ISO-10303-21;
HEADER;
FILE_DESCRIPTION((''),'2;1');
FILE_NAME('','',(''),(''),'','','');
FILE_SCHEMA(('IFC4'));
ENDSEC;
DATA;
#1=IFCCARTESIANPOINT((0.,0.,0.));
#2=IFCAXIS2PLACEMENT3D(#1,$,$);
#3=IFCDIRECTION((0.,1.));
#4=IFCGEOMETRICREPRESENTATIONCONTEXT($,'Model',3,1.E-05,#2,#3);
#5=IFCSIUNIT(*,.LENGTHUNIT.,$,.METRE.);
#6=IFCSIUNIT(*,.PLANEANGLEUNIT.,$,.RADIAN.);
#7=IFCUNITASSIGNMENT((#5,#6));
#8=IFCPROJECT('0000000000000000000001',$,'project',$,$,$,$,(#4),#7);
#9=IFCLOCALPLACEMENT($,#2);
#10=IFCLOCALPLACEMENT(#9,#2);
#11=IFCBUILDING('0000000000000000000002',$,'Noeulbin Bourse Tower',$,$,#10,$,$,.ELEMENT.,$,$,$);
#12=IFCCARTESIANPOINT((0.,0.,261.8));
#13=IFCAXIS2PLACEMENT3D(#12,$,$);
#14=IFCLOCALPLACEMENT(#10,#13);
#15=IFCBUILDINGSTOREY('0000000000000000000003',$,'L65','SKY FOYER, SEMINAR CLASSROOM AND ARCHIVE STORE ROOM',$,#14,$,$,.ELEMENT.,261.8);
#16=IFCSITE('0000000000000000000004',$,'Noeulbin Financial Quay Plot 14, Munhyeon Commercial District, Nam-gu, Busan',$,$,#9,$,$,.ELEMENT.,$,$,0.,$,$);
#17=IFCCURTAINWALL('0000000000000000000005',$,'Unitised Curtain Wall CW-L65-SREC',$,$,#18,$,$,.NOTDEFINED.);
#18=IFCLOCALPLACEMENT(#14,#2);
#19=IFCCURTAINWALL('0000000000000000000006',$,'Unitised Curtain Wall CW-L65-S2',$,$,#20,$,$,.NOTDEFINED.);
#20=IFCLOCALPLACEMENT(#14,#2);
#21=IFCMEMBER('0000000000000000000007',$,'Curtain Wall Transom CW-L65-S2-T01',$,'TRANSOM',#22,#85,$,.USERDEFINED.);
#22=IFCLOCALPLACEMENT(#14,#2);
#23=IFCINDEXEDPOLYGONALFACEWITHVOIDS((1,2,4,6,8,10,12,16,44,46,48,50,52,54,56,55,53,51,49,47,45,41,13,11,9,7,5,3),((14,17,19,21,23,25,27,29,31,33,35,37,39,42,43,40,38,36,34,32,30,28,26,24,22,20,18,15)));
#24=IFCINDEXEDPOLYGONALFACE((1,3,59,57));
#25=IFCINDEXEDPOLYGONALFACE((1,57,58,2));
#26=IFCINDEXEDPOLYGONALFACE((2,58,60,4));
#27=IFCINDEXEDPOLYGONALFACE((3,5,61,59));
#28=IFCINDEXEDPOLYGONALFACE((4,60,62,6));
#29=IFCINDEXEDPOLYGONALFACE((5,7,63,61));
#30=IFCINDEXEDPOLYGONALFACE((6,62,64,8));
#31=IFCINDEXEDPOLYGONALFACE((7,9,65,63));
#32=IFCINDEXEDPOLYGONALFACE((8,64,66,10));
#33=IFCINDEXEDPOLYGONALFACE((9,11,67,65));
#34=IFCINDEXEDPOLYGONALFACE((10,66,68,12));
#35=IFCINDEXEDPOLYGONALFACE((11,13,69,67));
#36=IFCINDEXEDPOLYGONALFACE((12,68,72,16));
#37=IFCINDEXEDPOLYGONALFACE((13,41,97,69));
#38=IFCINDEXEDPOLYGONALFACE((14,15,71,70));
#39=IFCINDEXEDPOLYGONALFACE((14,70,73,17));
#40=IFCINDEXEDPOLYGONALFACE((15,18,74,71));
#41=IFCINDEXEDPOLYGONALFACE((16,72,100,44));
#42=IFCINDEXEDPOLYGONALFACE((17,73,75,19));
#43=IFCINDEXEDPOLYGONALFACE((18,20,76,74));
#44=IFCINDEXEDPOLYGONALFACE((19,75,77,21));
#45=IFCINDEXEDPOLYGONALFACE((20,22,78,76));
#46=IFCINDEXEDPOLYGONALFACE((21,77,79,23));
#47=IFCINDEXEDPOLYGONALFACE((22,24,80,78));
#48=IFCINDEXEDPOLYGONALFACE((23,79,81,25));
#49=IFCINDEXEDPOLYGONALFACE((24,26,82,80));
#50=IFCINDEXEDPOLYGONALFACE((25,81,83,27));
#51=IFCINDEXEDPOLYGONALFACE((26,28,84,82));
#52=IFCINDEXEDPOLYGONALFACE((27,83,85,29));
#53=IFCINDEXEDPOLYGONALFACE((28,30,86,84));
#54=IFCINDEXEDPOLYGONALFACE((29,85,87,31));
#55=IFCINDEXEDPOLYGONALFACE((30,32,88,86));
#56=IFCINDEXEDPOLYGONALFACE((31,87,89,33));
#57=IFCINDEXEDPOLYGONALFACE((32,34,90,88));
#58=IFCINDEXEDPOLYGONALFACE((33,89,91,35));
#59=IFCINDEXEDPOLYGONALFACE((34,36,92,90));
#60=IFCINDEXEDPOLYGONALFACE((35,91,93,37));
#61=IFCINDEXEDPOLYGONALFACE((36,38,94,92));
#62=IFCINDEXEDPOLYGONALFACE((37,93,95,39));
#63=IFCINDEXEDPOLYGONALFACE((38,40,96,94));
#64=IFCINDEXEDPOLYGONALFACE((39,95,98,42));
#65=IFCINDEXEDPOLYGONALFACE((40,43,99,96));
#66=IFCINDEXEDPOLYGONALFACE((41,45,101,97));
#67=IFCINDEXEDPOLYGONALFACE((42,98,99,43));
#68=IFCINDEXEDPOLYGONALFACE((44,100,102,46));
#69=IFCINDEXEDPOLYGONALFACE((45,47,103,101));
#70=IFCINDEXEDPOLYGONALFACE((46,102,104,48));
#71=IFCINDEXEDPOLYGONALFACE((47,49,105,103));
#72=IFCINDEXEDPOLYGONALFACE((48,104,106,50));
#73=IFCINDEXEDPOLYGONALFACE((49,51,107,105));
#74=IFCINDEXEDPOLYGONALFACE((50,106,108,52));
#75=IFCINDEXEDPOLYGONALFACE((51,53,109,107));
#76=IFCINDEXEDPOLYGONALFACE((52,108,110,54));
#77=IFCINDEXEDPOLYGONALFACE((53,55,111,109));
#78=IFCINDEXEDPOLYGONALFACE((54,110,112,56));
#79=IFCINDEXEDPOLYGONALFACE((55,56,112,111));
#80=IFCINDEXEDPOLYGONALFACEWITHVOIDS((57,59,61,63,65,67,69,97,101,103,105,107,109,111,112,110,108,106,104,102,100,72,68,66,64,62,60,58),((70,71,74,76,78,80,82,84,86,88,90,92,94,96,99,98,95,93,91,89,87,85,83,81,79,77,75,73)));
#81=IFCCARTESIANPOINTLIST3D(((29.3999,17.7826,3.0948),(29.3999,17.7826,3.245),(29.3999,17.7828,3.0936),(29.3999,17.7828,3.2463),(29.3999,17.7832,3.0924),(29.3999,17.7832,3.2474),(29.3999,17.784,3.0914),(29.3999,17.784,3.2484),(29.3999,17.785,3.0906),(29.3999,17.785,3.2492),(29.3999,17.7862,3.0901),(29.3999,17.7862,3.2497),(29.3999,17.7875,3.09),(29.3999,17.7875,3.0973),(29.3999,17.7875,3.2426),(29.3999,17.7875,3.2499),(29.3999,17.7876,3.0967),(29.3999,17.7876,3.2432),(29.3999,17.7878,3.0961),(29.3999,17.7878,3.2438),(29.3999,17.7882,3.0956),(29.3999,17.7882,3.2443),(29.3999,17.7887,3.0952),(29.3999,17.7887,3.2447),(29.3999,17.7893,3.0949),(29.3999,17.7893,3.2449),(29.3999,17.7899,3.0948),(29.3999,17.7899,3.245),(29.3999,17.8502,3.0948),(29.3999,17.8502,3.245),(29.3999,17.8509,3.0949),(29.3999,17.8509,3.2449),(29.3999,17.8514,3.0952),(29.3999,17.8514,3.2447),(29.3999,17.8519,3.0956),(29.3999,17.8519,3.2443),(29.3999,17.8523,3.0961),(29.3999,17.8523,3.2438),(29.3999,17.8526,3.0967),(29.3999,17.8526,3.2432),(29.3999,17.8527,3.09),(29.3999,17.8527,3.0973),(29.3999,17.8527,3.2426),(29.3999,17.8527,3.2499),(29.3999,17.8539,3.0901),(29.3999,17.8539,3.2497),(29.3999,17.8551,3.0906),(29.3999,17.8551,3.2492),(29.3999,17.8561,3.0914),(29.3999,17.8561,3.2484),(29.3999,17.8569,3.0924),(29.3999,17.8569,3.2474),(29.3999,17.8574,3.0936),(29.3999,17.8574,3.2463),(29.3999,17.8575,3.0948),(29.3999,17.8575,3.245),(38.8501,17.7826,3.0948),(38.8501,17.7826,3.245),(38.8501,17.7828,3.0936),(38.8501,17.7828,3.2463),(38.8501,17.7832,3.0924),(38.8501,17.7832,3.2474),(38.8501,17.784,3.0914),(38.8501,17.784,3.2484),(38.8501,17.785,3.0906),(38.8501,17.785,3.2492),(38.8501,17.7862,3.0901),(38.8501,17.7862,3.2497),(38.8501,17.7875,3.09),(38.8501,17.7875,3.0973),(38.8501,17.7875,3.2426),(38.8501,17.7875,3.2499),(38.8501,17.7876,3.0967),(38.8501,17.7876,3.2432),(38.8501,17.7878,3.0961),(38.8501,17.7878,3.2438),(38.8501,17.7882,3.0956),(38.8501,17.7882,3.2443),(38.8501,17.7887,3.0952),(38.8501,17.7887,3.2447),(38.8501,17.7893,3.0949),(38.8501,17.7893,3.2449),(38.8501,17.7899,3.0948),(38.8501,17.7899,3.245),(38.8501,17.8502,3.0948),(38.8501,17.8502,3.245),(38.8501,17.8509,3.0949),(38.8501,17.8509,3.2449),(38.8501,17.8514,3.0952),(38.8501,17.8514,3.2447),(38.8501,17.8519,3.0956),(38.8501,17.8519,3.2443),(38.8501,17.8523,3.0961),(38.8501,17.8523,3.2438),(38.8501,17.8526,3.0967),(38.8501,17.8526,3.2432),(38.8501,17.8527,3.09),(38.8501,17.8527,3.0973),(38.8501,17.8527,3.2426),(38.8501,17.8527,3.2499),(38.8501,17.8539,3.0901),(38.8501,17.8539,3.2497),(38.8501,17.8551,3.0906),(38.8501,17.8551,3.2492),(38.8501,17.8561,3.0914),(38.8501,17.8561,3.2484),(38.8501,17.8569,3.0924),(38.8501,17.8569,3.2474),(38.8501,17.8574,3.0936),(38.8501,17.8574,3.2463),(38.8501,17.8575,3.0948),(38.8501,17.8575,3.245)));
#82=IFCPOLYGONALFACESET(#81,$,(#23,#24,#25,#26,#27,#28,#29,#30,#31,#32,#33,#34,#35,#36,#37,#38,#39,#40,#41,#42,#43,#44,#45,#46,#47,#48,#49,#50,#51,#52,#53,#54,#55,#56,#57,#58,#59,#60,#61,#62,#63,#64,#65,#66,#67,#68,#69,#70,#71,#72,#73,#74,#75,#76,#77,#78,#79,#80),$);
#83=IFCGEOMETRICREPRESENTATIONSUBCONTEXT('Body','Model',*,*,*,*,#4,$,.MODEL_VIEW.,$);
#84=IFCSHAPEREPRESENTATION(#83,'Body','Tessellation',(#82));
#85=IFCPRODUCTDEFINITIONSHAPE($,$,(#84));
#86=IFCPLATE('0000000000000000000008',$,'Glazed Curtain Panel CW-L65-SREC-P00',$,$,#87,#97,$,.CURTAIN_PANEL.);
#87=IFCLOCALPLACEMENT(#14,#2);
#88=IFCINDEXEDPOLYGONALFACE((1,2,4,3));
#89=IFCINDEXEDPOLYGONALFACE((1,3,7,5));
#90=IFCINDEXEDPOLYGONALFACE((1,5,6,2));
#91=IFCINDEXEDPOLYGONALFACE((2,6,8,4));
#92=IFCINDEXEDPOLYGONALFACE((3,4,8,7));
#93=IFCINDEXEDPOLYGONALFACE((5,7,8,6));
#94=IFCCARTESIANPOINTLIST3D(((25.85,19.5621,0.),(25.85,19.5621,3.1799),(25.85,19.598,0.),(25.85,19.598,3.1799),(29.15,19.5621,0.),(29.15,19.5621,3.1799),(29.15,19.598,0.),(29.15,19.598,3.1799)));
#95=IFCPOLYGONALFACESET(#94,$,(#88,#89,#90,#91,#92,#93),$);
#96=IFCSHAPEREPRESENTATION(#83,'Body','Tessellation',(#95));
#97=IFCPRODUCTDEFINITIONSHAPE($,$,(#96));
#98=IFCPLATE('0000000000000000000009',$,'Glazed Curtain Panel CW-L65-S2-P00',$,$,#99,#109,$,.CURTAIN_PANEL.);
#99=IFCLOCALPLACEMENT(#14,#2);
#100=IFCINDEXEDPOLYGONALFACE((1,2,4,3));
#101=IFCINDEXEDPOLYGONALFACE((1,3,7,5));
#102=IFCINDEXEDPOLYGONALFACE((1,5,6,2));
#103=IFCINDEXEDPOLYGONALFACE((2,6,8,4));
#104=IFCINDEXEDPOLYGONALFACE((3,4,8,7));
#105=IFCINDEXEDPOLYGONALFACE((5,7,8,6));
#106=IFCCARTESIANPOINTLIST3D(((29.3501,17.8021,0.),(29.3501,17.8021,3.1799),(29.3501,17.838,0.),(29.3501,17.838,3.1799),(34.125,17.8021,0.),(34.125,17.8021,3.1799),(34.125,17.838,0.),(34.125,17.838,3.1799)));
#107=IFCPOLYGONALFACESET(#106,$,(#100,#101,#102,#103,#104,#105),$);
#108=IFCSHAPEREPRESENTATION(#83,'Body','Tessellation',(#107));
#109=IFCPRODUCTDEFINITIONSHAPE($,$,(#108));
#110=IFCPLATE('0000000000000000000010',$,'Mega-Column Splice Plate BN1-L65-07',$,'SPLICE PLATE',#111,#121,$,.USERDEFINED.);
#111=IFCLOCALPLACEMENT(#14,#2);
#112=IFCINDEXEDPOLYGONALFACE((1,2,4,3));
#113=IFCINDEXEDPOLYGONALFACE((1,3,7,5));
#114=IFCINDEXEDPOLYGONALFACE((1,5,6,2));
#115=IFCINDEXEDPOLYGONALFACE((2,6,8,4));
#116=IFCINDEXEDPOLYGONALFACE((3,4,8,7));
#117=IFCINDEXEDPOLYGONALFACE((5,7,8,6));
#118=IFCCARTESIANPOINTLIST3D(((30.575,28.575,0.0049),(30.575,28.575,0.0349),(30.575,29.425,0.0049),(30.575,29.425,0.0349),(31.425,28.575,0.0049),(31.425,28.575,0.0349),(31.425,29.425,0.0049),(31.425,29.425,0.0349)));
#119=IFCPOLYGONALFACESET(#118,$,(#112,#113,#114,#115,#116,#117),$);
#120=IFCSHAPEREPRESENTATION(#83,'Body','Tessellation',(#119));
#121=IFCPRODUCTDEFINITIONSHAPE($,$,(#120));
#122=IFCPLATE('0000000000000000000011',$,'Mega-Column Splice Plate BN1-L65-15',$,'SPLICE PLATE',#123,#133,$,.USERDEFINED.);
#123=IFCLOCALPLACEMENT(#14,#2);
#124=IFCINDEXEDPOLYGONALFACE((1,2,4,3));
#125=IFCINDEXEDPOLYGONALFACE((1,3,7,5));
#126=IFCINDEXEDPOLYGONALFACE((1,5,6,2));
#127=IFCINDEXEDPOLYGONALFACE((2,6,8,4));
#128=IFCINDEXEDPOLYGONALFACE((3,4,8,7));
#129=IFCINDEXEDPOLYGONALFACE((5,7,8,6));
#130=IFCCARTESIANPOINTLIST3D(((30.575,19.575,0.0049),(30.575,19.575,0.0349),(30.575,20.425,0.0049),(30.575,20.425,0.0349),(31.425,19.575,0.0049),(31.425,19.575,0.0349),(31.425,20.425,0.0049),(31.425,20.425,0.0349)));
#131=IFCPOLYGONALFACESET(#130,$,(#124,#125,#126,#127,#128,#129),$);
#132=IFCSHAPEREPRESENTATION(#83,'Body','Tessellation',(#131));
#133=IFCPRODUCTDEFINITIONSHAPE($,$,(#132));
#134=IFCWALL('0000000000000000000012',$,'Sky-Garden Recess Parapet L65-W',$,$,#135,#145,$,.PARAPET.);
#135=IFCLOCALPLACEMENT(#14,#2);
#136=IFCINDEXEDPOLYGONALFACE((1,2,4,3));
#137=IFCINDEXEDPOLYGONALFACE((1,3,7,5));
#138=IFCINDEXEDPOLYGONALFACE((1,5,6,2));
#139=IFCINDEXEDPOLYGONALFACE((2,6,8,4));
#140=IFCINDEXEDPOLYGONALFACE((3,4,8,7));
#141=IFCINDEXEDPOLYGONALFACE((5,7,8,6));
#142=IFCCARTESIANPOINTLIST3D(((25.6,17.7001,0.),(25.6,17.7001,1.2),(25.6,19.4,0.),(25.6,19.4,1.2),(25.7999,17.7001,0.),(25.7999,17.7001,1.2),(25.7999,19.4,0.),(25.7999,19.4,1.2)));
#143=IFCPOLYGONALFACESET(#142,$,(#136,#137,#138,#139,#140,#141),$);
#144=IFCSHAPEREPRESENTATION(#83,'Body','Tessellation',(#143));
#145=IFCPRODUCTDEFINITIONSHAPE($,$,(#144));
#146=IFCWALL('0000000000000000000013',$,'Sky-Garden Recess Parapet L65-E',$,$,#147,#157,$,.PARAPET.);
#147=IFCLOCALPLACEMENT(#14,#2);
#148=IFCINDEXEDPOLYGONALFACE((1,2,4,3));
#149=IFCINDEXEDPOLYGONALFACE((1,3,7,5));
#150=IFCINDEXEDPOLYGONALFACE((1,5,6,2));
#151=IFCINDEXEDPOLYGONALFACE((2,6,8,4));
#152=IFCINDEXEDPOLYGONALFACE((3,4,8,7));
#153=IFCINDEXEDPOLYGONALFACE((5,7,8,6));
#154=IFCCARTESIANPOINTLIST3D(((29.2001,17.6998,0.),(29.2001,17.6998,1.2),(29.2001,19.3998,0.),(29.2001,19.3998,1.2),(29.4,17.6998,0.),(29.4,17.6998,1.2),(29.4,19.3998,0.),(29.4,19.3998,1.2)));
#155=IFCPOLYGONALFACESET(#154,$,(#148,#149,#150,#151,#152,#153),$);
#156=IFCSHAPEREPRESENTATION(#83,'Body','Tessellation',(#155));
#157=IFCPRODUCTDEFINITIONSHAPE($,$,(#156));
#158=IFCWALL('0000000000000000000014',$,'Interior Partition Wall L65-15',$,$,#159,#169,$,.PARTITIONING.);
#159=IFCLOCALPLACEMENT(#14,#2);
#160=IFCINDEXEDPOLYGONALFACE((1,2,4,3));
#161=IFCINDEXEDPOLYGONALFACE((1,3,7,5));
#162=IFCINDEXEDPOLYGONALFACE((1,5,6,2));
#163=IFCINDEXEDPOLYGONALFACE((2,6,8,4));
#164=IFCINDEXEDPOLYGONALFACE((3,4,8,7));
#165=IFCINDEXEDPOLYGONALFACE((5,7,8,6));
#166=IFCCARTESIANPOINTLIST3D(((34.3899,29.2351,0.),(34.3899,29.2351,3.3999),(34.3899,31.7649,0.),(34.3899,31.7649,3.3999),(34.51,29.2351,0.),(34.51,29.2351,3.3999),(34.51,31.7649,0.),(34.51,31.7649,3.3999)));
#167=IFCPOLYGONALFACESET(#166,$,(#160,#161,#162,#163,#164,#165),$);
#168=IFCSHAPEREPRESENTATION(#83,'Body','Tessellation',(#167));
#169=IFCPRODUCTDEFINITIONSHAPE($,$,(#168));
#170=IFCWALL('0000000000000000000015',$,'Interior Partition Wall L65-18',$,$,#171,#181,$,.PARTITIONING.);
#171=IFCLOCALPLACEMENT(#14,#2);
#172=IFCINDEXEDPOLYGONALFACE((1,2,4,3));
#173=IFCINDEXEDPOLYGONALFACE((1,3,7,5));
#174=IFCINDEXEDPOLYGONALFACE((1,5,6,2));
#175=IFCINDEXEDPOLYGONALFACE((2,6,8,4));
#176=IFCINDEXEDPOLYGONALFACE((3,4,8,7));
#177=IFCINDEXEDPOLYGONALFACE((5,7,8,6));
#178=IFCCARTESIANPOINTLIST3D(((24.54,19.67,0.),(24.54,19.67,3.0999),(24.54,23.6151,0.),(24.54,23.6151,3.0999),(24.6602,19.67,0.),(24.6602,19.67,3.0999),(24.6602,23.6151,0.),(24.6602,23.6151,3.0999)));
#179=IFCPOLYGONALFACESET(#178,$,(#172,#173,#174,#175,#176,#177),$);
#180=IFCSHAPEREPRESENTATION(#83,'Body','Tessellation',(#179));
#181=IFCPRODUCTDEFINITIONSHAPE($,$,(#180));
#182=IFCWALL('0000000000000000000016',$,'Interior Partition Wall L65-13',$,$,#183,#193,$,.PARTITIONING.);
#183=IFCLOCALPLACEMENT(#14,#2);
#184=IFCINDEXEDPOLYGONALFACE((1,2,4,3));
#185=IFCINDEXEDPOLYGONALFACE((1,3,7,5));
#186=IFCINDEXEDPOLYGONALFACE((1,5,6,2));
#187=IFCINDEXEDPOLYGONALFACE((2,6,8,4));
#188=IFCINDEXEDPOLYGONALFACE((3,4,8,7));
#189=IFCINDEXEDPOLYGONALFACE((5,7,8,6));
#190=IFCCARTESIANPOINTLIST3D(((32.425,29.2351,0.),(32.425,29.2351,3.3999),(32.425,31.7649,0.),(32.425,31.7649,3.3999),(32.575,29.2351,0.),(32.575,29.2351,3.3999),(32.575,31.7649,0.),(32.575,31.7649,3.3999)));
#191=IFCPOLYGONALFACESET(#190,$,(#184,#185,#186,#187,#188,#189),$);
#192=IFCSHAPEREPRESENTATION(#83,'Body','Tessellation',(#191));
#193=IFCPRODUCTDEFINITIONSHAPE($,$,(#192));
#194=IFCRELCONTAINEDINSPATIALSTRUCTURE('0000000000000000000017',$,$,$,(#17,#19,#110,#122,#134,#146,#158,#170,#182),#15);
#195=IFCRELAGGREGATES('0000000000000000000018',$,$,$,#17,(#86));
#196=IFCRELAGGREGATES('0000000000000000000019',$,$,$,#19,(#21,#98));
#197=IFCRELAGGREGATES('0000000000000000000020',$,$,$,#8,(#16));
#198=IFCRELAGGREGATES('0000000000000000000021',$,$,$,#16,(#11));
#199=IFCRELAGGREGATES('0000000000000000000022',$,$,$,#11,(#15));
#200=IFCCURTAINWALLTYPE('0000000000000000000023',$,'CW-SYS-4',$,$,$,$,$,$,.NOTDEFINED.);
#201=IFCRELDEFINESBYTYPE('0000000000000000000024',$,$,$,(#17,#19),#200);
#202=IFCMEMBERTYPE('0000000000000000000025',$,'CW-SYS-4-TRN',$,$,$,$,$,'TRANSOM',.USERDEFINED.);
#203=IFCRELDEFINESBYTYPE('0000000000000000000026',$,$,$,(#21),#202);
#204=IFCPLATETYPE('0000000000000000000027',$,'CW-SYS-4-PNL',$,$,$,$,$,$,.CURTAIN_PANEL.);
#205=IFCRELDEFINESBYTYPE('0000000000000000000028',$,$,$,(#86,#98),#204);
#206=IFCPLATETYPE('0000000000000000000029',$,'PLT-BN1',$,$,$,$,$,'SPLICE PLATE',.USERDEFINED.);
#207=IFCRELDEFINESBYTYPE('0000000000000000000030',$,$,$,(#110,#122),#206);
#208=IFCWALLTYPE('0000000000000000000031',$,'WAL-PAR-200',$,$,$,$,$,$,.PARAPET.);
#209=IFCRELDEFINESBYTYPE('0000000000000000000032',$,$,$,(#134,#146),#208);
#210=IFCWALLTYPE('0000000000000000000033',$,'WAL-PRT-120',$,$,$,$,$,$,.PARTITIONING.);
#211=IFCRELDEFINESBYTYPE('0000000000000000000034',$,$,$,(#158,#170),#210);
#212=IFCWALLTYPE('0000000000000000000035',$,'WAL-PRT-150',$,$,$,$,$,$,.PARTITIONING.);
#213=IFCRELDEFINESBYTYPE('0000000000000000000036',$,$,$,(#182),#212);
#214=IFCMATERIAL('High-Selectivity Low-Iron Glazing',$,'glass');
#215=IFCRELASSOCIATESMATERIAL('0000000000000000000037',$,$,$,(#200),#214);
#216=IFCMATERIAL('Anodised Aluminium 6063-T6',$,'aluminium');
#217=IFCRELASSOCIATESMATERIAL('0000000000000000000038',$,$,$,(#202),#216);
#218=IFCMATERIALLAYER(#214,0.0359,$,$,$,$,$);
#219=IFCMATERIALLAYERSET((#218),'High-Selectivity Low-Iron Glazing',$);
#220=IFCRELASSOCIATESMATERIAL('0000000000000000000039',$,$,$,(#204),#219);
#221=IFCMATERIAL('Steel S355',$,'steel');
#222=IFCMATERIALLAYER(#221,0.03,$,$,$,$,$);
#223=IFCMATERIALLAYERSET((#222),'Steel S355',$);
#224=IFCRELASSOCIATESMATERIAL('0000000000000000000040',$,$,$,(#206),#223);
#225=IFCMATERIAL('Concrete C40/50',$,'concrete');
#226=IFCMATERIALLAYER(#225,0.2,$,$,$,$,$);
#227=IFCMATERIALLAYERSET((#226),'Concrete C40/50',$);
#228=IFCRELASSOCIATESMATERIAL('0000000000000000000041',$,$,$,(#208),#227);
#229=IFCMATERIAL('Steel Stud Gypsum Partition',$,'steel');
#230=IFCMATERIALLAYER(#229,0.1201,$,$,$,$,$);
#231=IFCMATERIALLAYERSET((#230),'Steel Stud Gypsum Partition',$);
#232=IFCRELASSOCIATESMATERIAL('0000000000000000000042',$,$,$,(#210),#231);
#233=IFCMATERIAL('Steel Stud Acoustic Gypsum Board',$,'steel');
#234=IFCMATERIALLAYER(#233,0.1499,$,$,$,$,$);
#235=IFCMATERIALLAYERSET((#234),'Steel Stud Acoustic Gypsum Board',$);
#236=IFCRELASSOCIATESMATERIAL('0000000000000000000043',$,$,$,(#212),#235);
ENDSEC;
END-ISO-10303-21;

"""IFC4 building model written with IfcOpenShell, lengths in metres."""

from ifc_helpers import new_model, si_unit, direction, frame, frame_2d, origin, origin_2d, place, context, subcontext, project, spatial, rectangle, hollow_rectangle, extrude, material, layer, layer_set, material_profile, profile_set, type_object, element, aggregate, save


model = new_model("IFC4")

# Units and contexts
model_context = context("Model", 3, precision=1e-05, world=origin(), true_north=direction((0.0, 1.0)))
body_context = subcontext(model_context, "Body", "Model", "MODEL_VIEW")
ifc_project = project(units=[si_unit("LENGTHUNIT", "METRE"), si_unit("PLANEANGLEUNIT", "RADIAN")], contexts=[model_context])

# Site, building, storey
site_placement = place(None, origin())
site = spatial("IfcSite", under=ifc_project, at=site_placement, Name="Noeulbin Financial Quay Plot 14, Munhyeon Commercial District, Nam-gu, Busan", CompositionType="ELEMENT", RefElevation=0.0)
building_placement = place(site_placement, origin())
building = spatial("IfcBuilding", under=site, at=building_placement, Name="Noeulbin Bourse Tower", CompositionType="ELEMENT")
storey_placement = place(building_placement, frame((0.0, 0.0, 261.8)))
storey = spatial("IfcBuildingStorey", under=building, at=storey_placement, Name="L65", Description="SKY FOYER, SEMINAR CLASSROOM AND ARCHIVE STORE ROOM", CompositionType="ELEMENT", Elevation=261.8)

# Shared definitions
ifc_material_1 = material(Name="Steel S355", Category="steel")

# Curtain wall
ifc_material_2 = material(Name="High-Selectivity Low-Iron Glazing", Category="glass")
curtain_wall_type = type_object("IfcCurtainWallType", Name="CW-SYS-4", PredefinedType="NOTDEFINED", material=ifc_material_2)
curtain_wall_1_placement = place(storey_placement, origin())
curtain_wall_1 = element("IfcCurtainWall", 1, at=curtain_wall_1_placement, inside=storey, type_object=curtain_wall_type, Name="Unitised Curtain Wall CW-L65-SREC", PredefinedType="NOTDEFINED")
ifc_material_3 = material(Name="Anodised Aluminium 6063-T6", Category="aluminium")

# Curtain wall
curtain_wall_2_placement = place(storey_placement, origin())
curtain_wall_2 = element("IfcCurtainWall", 2, at=curtain_wall_2_placement, inside=storey, type_object=curtain_wall_type, Name="Unitised Curtain Wall CW-L65-S2", PredefinedType="NOTDEFINED")

# Member
ifc_material_profile_1 = material_profile(ifc_material_3, hollow_rectangle(XDim=0.075, YDim=0.1599, WallThickness=0.0049, InnerFilletRadius=0.0024, OuterFilletRadius=0.0049, at=origin_2d()), Name="ALU-TRAN-75x160x5", Category="LoadBearing")
ifc_profile_set_1 = profile_set([ifc_material_profile_1], Name="Anodised Aluminium 6063-T6")
member_type_1 = type_object("IfcMemberType", Name="CW-SYS-4-TRN", ElementType="TRANSOM", PredefinedType="USERDEFINED", material=ifc_profile_set_1)
member_1_placement = place(storey_placement, frame((29.3999, 17.8201, 3.1699), z_axis=(1.0, 0.0, 0.0), x_axis=(0.0, 1.0, 0.0)))
member_1 = element("IfcMember", 3, at=member_1_placement, type_object=member_type_1, Name="Curtain Wall Transom CW-L65-S2-T01", ObjectType="TRANSOM", PredefinedType="USERDEFINED", context=body_context, shape_type="SweptSolid", body=[
    extrude(hollow_rectangle(XDim=0.075, YDim=0.1599, WallThickness=0.0049, InnerFilletRadius=0.0024, OuterFilletRadius=0.0049, at=origin_2d()), origin(), (0.0, 0.0, 1.0), 9.4502),
])

# Plates
ifc_layer_1 = layer(ifc_material_2, 0.0359)
ifc_layer_set_1 = layer_set([ifc_layer_1], Name="High-Selectivity Low-Iron Glazing")
plate_type_1 = type_object("IfcPlateType", Name="CW-SYS-4-PNL", PredefinedType="CURTAIN_PANEL", material=ifc_layer_set_1)
plate_1_placement = place(storey_placement, frame((27.5, 19.5801, 0.0), z_axis=(0.0, 0.0, 1.0), x_axis=(1.0, 0.0, 0.0)))
plate_1 = element("IfcPlate", 4, at=plate_1_placement, type_object=plate_type_1, Name="Glazed Curtain Panel CW-L65-SREC-P00", PredefinedType="CURTAIN_PANEL", context=body_context, shape_type="SweptSolid", body=[
    extrude(rectangle(XDim=3.3, YDim=0.0359, at=origin_2d()), origin(), (0.0, 0.0, 1.0), 3.1799),
])
aggregate(curtain_wall_1, [plate_1])
plate_2_placement = place(storey_placement, frame((31.7375, 17.8201, 0.0), z_axis=(0.0, 0.0, 1.0), x_axis=(1.0, 0.0, 0.0)))
plate_2 = element("IfcPlate", 5, at=plate_2_placement, type_object=plate_type_1, Name="Glazed Curtain Panel CW-L65-S2-P00", PredefinedType="CURTAIN_PANEL", context=body_context, shape_type="SweptSolid", body=[
    extrude(rectangle(XDim=4.7749, YDim=0.0359, at=origin_2d()), origin(), (0.0, 0.0, 1.0), 3.1799),
])
aggregate(curtain_wall_2, [member_1, plate_2])

# Plates
ifc_layer_2 = layer(ifc_material_1, 0.03)
ifc_layer_set_2 = layer_set([ifc_layer_2], Name="Steel S355")
plate_type_2 = type_object("IfcPlateType", Name="PLT-BN1", ElementType="SPLICE PLATE", PredefinedType="USERDEFINED", material=ifc_layer_set_2)
for number, where, z_axis, x_axis, name in (
    (6, (31.0, 29.0, 0.0049), (0.0, 0.0, 1.0), (1.0, 0.0, 0.0), "Mega-Column Splice Plate BN1-L65-07"),
    (7, (31.0, 20.0, 0.0049), (0.0, 0.0, 1.0), (1.0, 0.0, 0.0), "Mega-Column Splice Plate BN1-L65-15"),
):
    element("IfcPlate", number, at=place(storey_placement, frame(where, z_axis=z_axis, x_axis=x_axis)), inside=storey, type_object=plate_type_2, Name=name, ObjectType="SPLICE PLATE", PredefinedType="USERDEFINED", context=body_context, shape_type="SweptSolid", body=[
        extrude(rectangle(XDim=0.8501, YDim=0.8501, at=origin_2d()), origin(), (0.0, 0.0, 1.0), 0.03),
    ])

# Walls
ifc_material_4 = material(Name="Concrete C40/50", Category="concrete")
ifc_layer_3 = layer(ifc_material_4, 0.2)
ifc_layer_set_3 = layer_set([ifc_layer_3], Name="Concrete C40/50")
wall_type_1 = type_object("IfcWallType", Name="WAL-PAR-200", PredefinedType="PARAPET", material=ifc_layer_set_3)
for number, where, z_axis, x_axis, name in (
    (8, (25.7, 17.7, 0.0), (0.0, 0.0, 1.0), (0.0, 1.0, 0.0), "Sky-Garden Recess Parapet L65-W"),
    (9, (29.3, 19.3999, 0.0), (0.0, 0.0, 1.0), (0.0, -1.0, 0.0), "Sky-Garden Recess Parapet L65-E"),
):
    element("IfcWall", number, at=place(storey_placement, frame(where, z_axis=z_axis, x_axis=x_axis)), inside=storey, type_object=wall_type_1, Name=name, PredefinedType="PARAPET", context=body_context, shape_type="SweptSolid", body=[
        extrude(rectangle(XDim=1.7, YDim=0.2, at=frame_2d((0.8501, 0.0))), origin(), (0.0, 0.0, 1.0), 1.2),
    ])
ifc_material_5 = material(Name="Steel Stud Gypsum Partition", Category="steel")
ifc_layer_4 = layer(ifc_material_5, 0.1201)
ifc_layer_set_4 = layer_set([ifc_layer_4], Name="Steel Stud Gypsum Partition")
wall_type_2 = type_object("IfcWallType", Name="WAL-PRT-120", PredefinedType="PARTITIONING", material=ifc_layer_set_4)
wall_1_placement = place(storey_placement, frame((34.45, 29.2351, 0.0), z_axis=(0.0, 0.0, 1.0), x_axis=(0.0, 1.0, 0.0)))
element("IfcWall", 10, at=wall_1_placement, inside=storey, type_object=wall_type_2, Name="Interior Partition Wall L65-15", PredefinedType="PARTITIONING", context=body_context, shape_type="SweptSolid", body=[
    extrude(rectangle(XDim=2.5298, YDim=0.1201, at=frame_2d((1.2649, 0.0))), origin(), (0.0, 0.0, 1.0), 3.3999),
])
wall_2_placement = place(storey_placement, frame((24.6001, 19.6699, 0.0), z_axis=(0.0, 0.0, 1.0), x_axis=(0.0, 1.0, 0.0)))
element("IfcWall", 11, at=wall_2_placement, inside=storey, type_object=wall_type_2, Name="Interior Partition Wall L65-18", PredefinedType="PARTITIONING", context=body_context, shape_type="SweptSolid", body=[
    extrude(rectangle(XDim=3.9451, YDim=0.1201, at=frame_2d((1.9727, 0.0))), origin(), (0.0, 0.0, 1.0), 3.0999),
])
ifc_material_6 = material(Name="Steel Stud Acoustic Gypsum Board", Category="steel")
ifc_layer_5 = layer(ifc_material_6, 0.1499)
ifc_layer_set_5 = layer_set([ifc_layer_5], Name="Steel Stud Acoustic Gypsum Board")
wall_type_3 = type_object("IfcWallType", Name="WAL-PRT-150", PredefinedType="PARTITIONING", material=ifc_layer_set_5)
wall_3_placement = place(storey_placement, frame((32.5, 29.2351, 0.0), z_axis=(0.0, 0.0, 1.0), x_axis=(0.0, 1.0, 0.0)))
element("IfcWall", 12, at=wall_3_placement, inside=storey, type_object=wall_type_3, Name="Interior Partition Wall L65-13", PredefinedType="PARTITIONING", context=body_context, shape_type="SweptSolid", body=[
    extrude(rectangle(XDim=2.5298, YDim=0.1499, at=frame_2d((1.2649, 0.0))), origin(), (0.0, 0.0, 1.0), 3.3999),
])

save(model, "model.ifc")
